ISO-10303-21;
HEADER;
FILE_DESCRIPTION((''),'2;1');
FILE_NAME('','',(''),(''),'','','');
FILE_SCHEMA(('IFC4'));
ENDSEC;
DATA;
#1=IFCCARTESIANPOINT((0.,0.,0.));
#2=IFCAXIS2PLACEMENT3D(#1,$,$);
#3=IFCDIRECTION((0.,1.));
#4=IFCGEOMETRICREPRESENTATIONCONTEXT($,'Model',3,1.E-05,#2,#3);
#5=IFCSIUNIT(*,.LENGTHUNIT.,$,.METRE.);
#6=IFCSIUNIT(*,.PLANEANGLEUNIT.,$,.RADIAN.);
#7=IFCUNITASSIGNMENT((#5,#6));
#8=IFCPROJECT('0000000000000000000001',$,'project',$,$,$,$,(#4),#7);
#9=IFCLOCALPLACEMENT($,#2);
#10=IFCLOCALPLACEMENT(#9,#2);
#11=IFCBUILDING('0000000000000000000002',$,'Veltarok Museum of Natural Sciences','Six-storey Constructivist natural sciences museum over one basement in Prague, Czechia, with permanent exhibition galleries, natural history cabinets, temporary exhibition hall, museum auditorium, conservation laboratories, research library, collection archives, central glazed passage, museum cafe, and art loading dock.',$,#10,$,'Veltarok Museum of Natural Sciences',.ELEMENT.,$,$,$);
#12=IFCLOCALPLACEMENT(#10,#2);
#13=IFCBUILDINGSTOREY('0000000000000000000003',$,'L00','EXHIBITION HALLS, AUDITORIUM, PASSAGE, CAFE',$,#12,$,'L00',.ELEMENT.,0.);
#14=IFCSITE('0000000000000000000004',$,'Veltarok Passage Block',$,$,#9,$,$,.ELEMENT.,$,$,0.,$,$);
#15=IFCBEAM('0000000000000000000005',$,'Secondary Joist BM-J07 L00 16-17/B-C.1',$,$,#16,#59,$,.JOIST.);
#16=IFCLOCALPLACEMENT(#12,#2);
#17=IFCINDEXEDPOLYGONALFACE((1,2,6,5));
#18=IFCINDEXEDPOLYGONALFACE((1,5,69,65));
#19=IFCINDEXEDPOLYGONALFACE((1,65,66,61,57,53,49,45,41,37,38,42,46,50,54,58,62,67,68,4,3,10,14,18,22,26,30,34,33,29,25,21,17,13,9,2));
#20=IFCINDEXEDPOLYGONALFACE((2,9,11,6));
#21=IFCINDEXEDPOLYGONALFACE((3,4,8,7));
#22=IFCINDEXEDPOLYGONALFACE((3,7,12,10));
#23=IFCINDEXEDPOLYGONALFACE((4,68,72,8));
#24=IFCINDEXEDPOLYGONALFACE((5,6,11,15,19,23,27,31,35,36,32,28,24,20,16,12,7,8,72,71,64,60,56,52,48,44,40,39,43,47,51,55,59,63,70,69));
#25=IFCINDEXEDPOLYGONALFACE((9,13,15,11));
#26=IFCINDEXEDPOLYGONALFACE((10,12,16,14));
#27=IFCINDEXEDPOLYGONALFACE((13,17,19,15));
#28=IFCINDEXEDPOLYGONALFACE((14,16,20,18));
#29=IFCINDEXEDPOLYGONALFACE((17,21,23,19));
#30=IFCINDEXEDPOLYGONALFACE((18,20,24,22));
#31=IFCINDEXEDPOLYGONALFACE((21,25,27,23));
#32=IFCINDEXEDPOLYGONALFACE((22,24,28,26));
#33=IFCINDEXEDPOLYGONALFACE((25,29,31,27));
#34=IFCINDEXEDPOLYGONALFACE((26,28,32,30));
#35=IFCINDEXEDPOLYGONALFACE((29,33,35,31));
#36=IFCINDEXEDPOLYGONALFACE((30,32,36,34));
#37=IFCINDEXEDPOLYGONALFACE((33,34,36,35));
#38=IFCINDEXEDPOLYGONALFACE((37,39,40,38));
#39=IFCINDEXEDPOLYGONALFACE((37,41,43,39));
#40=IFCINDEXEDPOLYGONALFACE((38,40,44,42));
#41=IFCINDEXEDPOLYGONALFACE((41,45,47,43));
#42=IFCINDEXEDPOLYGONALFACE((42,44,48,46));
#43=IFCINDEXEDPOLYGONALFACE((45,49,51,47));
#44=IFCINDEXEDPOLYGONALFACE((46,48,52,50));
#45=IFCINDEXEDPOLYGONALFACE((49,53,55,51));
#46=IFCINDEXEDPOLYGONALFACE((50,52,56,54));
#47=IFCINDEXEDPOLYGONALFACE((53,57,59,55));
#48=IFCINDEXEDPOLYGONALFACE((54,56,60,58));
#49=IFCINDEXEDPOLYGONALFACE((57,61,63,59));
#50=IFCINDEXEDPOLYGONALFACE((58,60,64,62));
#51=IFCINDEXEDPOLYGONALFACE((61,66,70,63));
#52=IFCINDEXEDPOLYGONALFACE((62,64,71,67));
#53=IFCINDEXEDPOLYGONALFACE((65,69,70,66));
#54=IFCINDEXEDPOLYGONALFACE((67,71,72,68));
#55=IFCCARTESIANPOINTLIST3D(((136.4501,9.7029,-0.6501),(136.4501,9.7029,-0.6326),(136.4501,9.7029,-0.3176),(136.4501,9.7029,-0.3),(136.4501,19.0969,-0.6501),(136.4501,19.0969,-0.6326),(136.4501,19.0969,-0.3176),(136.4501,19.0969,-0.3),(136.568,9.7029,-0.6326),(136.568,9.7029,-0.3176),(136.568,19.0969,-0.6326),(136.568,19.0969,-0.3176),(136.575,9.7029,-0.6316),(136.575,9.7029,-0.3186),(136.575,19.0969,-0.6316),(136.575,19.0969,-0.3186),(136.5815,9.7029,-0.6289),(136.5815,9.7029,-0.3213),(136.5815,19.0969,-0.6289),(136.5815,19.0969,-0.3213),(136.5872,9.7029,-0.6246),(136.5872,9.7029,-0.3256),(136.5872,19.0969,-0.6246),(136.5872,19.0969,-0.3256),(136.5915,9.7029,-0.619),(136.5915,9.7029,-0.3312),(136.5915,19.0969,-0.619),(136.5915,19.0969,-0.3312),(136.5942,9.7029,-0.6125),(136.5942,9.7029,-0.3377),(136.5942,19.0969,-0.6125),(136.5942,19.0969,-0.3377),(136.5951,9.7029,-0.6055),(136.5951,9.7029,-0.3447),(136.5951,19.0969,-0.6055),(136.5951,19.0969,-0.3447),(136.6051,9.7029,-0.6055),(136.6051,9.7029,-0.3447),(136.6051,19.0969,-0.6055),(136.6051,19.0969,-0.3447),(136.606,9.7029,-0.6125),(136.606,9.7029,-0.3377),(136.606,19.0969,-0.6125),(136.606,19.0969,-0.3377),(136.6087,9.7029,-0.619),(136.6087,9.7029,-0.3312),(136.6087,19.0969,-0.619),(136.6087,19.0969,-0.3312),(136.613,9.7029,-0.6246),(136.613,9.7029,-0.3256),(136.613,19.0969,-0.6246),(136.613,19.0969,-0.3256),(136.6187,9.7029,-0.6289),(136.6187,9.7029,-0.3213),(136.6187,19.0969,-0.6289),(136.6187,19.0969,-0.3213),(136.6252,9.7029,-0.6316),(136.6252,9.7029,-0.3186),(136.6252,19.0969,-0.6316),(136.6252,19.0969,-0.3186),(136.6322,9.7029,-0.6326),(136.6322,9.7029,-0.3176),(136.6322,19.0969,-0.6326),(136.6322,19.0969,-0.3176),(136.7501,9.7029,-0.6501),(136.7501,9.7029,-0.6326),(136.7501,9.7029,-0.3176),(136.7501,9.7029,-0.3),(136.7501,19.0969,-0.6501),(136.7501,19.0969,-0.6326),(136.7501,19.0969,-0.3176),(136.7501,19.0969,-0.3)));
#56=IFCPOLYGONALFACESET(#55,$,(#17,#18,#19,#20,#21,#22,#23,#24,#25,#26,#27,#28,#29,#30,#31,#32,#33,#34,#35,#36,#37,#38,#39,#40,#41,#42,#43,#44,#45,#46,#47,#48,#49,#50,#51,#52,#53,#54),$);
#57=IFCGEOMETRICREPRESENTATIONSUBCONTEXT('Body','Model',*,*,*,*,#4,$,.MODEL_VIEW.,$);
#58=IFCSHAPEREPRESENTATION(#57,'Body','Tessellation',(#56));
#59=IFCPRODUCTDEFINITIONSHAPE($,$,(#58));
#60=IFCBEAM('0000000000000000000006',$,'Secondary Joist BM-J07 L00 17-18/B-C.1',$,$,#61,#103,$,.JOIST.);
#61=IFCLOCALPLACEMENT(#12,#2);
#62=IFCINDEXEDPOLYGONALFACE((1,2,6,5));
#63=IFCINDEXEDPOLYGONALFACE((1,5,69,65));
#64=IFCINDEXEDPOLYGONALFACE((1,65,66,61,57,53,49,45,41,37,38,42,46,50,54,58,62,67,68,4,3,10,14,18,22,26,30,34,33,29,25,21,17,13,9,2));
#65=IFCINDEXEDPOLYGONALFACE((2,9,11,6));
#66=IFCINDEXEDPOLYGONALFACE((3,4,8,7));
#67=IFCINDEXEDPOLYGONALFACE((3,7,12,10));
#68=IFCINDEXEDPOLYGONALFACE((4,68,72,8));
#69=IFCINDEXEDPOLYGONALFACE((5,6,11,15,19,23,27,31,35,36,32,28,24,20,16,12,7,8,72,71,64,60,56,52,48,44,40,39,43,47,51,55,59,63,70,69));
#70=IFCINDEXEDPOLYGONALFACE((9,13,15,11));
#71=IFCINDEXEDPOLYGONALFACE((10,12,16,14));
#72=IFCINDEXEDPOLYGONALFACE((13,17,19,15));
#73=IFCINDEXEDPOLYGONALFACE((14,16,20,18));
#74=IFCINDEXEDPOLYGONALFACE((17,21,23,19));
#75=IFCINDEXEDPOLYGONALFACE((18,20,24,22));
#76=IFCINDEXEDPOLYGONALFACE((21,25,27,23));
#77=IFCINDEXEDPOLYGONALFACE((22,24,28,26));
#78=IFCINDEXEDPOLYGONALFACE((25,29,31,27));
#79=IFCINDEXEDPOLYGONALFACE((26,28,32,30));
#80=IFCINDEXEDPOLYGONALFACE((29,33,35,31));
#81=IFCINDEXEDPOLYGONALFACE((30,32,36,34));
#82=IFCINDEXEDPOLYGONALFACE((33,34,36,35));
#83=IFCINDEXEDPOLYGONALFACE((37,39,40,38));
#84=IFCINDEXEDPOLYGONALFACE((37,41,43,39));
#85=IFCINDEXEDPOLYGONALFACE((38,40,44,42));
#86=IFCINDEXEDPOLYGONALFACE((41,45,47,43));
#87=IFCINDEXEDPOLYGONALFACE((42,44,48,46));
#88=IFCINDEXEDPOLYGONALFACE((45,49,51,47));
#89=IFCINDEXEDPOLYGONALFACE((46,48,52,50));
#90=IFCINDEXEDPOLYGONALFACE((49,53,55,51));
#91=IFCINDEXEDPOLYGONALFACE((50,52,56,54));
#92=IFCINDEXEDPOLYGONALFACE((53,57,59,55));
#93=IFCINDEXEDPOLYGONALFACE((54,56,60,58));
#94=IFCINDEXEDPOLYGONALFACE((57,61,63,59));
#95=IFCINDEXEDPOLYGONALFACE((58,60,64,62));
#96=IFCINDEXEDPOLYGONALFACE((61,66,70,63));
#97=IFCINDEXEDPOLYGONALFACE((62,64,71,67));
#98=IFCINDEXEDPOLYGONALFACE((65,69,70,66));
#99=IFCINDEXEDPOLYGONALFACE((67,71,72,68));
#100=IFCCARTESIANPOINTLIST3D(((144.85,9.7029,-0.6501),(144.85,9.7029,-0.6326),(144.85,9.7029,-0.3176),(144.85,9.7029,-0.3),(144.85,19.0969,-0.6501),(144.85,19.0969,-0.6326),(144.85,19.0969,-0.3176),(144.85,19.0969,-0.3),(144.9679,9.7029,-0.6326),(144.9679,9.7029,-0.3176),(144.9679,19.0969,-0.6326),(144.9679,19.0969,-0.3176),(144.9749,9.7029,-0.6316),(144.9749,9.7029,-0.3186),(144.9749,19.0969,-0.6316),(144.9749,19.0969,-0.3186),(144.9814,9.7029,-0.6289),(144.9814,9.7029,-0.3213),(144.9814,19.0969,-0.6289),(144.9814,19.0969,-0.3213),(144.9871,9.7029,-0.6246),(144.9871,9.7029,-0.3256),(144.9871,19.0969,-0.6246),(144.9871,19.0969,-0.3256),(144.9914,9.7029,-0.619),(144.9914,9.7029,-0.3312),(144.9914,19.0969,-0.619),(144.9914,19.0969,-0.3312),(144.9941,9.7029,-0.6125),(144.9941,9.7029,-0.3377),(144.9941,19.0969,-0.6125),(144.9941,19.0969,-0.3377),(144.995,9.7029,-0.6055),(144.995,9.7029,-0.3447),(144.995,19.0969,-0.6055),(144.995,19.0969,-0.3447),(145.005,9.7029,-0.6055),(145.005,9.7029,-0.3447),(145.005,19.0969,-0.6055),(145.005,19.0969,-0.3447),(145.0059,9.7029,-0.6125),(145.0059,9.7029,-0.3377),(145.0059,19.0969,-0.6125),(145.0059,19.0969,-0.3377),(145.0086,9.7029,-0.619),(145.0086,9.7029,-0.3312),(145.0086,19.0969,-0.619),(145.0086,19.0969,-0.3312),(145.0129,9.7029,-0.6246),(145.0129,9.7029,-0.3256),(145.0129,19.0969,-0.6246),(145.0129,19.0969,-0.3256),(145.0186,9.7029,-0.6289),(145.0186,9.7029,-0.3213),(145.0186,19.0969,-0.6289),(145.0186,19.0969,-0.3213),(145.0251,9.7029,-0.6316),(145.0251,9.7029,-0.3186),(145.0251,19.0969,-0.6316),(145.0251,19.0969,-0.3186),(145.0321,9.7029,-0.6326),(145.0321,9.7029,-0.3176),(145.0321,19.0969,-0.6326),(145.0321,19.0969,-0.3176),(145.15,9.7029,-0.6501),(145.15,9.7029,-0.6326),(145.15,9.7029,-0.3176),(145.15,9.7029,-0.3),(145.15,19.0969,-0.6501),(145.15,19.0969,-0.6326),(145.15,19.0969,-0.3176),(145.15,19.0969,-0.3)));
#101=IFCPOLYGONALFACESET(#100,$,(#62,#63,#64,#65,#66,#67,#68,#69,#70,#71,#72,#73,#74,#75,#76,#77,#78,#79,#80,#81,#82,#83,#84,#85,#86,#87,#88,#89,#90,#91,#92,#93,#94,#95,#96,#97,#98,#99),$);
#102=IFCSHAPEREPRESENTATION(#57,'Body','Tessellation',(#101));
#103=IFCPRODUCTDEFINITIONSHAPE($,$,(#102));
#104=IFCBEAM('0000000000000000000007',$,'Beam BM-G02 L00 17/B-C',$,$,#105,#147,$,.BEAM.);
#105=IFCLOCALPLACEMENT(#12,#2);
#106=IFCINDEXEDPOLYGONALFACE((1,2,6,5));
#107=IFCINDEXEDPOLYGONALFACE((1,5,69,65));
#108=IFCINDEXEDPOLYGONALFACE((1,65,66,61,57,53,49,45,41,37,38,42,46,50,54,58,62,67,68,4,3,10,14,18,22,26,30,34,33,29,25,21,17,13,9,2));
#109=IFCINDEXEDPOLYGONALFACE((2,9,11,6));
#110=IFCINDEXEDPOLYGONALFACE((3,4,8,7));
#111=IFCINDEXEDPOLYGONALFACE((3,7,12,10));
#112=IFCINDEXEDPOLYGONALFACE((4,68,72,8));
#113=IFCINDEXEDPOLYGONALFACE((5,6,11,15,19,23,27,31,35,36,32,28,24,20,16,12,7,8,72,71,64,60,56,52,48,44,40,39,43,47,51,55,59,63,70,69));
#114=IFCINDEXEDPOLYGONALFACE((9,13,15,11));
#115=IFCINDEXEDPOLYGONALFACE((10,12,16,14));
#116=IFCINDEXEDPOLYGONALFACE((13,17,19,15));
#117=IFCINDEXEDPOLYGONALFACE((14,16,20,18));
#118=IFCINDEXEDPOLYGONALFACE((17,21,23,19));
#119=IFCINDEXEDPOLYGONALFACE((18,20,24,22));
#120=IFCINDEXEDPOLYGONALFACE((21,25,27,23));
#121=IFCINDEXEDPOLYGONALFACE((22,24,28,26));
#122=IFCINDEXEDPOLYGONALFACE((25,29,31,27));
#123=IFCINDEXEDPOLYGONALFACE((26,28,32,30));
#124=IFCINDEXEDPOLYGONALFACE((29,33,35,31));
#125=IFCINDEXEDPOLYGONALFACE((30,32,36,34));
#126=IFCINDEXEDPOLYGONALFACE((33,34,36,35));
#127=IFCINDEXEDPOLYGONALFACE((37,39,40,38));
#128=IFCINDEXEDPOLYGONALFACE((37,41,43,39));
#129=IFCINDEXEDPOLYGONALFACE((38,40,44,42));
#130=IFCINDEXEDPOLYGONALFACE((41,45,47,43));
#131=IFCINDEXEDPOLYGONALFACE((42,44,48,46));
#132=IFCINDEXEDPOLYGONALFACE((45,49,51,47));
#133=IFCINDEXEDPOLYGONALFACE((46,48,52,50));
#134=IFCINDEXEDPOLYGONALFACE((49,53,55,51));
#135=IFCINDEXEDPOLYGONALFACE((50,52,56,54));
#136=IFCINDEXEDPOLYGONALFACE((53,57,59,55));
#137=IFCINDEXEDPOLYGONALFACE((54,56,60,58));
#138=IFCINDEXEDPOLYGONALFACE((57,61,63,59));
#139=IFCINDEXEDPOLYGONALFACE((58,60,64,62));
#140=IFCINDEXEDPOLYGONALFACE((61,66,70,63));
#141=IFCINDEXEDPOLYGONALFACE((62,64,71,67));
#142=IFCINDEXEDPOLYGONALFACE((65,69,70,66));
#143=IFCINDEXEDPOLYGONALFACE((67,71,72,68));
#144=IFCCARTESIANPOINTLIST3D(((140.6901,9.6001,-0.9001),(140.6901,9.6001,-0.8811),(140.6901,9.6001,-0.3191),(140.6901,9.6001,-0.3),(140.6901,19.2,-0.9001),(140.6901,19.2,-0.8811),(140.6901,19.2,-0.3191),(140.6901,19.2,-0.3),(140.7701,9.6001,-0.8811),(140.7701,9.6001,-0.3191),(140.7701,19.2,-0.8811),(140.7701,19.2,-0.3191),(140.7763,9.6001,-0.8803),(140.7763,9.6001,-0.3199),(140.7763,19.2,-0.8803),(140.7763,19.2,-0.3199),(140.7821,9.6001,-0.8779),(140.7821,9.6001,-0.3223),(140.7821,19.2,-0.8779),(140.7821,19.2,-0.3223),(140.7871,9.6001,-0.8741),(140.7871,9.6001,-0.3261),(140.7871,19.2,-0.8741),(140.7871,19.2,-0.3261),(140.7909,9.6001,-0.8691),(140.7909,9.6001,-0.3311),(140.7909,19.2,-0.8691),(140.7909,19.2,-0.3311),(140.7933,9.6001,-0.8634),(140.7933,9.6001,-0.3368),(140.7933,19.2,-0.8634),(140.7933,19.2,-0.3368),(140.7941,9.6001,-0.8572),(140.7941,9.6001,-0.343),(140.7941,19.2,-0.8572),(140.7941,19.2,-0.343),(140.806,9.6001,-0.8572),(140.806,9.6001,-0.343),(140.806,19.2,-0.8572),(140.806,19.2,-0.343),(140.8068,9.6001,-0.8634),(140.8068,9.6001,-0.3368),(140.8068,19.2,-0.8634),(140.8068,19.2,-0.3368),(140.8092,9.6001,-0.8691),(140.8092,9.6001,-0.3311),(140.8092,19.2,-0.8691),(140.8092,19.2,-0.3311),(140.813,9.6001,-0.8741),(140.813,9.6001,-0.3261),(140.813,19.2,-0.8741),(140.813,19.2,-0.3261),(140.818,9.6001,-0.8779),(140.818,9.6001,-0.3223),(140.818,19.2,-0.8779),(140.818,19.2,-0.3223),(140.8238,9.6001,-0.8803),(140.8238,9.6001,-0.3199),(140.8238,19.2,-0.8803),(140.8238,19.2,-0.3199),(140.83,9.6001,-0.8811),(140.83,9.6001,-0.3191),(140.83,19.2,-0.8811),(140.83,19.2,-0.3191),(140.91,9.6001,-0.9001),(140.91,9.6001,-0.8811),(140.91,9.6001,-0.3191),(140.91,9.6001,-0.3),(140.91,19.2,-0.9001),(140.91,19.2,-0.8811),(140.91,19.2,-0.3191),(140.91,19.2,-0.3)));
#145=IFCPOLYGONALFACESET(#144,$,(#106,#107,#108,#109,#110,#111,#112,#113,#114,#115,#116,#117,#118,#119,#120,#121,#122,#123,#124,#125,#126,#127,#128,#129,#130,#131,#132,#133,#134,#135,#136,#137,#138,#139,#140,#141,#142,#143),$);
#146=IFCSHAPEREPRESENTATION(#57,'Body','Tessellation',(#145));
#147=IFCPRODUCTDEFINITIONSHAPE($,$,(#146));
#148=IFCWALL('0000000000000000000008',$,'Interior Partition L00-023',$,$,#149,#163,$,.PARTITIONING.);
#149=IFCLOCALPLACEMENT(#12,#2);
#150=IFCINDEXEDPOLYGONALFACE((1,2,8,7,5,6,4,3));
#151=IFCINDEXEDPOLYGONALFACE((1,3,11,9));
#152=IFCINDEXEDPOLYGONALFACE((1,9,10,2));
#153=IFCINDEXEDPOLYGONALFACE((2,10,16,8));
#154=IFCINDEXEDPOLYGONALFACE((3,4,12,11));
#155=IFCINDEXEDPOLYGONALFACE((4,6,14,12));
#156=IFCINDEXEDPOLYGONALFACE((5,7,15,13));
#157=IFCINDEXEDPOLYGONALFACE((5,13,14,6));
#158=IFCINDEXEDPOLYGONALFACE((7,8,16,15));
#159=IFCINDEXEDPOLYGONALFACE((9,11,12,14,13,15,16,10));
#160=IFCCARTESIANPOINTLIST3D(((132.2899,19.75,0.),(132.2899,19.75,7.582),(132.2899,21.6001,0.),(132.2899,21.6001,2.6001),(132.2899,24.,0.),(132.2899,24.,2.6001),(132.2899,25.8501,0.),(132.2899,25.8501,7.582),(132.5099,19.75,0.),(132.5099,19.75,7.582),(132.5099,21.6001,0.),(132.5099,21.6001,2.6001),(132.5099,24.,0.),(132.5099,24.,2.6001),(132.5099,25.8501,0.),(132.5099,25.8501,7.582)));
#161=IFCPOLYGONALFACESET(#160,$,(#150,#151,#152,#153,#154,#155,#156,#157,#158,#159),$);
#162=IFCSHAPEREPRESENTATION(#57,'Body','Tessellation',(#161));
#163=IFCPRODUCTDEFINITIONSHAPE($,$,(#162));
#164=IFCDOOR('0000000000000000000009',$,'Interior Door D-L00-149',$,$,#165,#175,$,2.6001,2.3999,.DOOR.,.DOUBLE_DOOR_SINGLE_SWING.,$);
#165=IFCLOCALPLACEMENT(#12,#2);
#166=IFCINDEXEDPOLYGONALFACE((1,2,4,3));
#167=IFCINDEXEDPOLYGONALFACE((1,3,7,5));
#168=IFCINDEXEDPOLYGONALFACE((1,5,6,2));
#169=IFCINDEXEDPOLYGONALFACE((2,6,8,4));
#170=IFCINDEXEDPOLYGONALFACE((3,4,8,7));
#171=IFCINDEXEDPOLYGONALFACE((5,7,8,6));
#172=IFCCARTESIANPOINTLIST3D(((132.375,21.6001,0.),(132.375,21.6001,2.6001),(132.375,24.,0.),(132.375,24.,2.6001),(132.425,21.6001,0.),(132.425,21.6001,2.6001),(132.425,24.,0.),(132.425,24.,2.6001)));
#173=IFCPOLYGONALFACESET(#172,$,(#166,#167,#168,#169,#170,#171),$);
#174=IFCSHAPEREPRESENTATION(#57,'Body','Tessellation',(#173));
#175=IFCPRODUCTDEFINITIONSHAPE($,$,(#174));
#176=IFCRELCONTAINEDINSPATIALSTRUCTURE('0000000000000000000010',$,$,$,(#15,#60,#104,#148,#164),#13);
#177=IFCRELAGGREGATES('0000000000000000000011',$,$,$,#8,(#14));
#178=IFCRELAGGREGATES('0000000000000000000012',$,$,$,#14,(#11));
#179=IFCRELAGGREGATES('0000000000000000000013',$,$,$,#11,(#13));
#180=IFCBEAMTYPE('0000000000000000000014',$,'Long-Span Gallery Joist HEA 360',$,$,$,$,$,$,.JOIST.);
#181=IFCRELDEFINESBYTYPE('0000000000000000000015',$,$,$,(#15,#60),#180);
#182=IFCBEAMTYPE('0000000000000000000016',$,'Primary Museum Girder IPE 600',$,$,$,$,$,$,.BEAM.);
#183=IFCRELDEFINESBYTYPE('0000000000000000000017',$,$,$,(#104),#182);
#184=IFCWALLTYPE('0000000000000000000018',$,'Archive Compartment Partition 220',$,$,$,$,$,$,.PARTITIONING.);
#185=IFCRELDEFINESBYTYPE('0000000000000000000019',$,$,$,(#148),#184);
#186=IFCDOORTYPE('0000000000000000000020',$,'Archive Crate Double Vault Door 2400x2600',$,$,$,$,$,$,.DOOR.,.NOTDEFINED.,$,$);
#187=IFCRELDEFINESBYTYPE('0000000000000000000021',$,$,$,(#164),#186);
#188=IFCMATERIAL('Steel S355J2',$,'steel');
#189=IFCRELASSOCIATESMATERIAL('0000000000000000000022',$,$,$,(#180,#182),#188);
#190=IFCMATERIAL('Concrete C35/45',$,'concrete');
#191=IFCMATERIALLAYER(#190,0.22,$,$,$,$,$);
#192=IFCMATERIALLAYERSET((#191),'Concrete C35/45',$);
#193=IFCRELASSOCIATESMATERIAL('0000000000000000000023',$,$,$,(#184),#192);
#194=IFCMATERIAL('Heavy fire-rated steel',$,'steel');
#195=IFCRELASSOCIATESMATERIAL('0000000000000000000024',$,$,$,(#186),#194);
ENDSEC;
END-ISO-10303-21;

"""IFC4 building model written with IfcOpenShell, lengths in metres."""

from ifc_helpers import new_model, si_unit, direction, frame, frame_2d, origin, origin_2d, place, context, subcontext, project, spatial, rectangle, i_section, extrude, material, layer, layer_set, material_profile, profile_set, type_object, element, fill, save


model = new_model("IFC4")

# Units and contexts
model_context = context("Model", 3, precision=1e-05, world=origin(), true_north=direction((0.0, 1.0)))
body_context = subcontext(model_context, "Body", "Model", "MODEL_VIEW")
ifc_project = project(units=[si_unit("LENGTHUNIT", "METRE"), si_unit("PLANEANGLEUNIT", "RADIAN")], contexts=[model_context])

# Site, building, storey
site_placement = place(None, origin())
site = spatial("IfcSite", under=ifc_project, at=site_placement, Name="Veltarok Passage Block", CompositionType="ELEMENT", RefElevation=0.0)
building_placement = place(site_placement, origin())
building = spatial("IfcBuilding", under=site, at=building_placement, Name="Veltarok Museum of Natural Sciences", Description="Six-storey Constructivist natural sciences museum over one basement in Prague, Czechia, with permanent exhibition galleries, natural history cabinets, temporary exhibition hall, museum auditorium, conservation laboratories, research library, collection archives, central glazed passage, museum cafe, and art loading dock.", LongName="Veltarok Museum of Natural Sciences", CompositionType="ELEMENT")
storey_placement = place(building_placement, origin())
storey = spatial("IfcBuildingStorey", under=building, at=storey_placement, Name="L00", Description="EXHIBITION HALLS, AUDITORIUM, PASSAGE, CAFE", LongName="L00", CompositionType="ELEMENT", Elevation=0.0)

# Shared definitions
ifc_material_1 = material(Name="Steel S355J2", Category="steel")

# Beams
ifc_material_profile_1 = material_profile(ifc_material_1, i_section(OverallWidth=0.3, OverallDepth=0.3501, WebThickness=0.01, FlangeThickness=0.0176, FilletRadius=0.0271, at=origin_2d()), Name="HEA 360")
ifc_profile_set_1 = profile_set([ifc_material_profile_1], Name="Steel S355J2")
beam_type_1 = type_object("IfcBeamType", Name="Long-Span Gallery Joist HEA 360", PredefinedType="JOIST", material=ifc_profile_set_1)
for number, where, z_axis, x_axis, name in (
    (1, (136.6001, 9.7029, -0.4751), (0.0, 1.0, 0.0), (-1.0, 0.0, 0.0), "Secondary Joist BM-J07 L00 16-17/B-C.1"),
    (2, (145.0, 9.7029, -0.4751), (0.0, 1.0, 0.0), (-1.0, 0.0, 0.0), "Secondary Joist BM-J07 L00 17-18/B-C.1"),
):
    element("IfcBeam", number, at=place(storey_placement, frame(where, z_axis=z_axis, x_axis=x_axis)), inside=storey, type_object=beam_type_1, Name=name, PredefinedType="JOIST", context=body_context, shape_type="SweptSolid", body=[
        extrude(i_section(OverallWidth=0.3, OverallDepth=0.3501, WebThickness=0.01, FlangeThickness=0.0176, FilletRadius=0.0271, at=origin_2d()), origin(), (0.0, 0.0, 1.0), 9.394),
    ])
ifc_material_profile_2 = material_profile(ifc_material_1, i_section(OverallWidth=0.22, OverallDepth=0.6001, WebThickness=0.012, FlangeThickness=0.019, FilletRadius=0.0239, at=origin_2d()), Name="IPE 600")
ifc_profile_set_2 = profile_set([ifc_material_profile_2], Name="Steel S355J2")
beam_type_2 = type_object("IfcBeamType", Name="Primary Museum Girder IPE 600", PredefinedType="BEAM", material=ifc_profile_set_2)
beam_1_placement = place(storey_placement, frame((140.8, 9.6001, -0.6001), z_axis=(0.0, 1.0, 0.0), x_axis=(-1.0, 0.0, 0.0)))
element("IfcBeam", 3, at=beam_1_placement, inside=storey, type_object=beam_type_2, Name="Beam BM-G02 L00 17/B-C", PredefinedType="BEAM", context=body_context, shape_type="SweptSolid", body=[
    extrude(i_section(OverallWidth=0.22, OverallDepth=0.6001, WebThickness=0.012, FlangeThickness=0.019, FilletRadius=0.0239, at=origin_2d()), origin(), (0.0, 0.0, 1.0), 9.5999),
])

# Wall, opening, door
ifc_material_2 = material(Name="Concrete C35/45", Category="concrete")
ifc_layer_1 = layer(ifc_material_2, 0.22)
ifc_layer_set_1 = layer_set([ifc_layer_1], Name="Concrete C35/45")
wall_type_1 = type_object("IfcWallType", Name="Archive Compartment Partition 220", PredefinedType="PARTITIONING", material=ifc_layer_set_1)
wall_1_placement = place(storey_placement, frame((132.3999, 19.75, 0.0), z_axis=(0.0, 0.0, 1.0), x_axis=(0.0, 1.0, 0.0)))
wall_1 = element("IfcWall", 4, at=wall_1_placement, inside=storey, type_object=wall_type_1, Name="Interior Partition L00-023", PredefinedType="PARTITIONING", context=body_context, shape_type="SweptSolid", body=[
    extrude(rectangle(XDim=6.1001, YDim=0.22, at=frame_2d((3.05, 0.0))), origin(), (0.0, 0.0, 1.0), 7.582),
])
opening_1_placement = place(wall_1_placement, frame((1.8501, 0.0, 0.0)))
opening_1 = element("IfcOpeningElement", 5, at=opening_1_placement, cuts=wall_1, PredefinedType="OPENING", context=body_context, shape_type="SweptSolid", body=[
    extrude(rectangle(XDim=2.3999, YDim=2.6001, at=frame_2d((1.2, 1.3))), frame((0.0, 0.1201, 0.0), z_axis=(0.0, -1.0, 0.0), x_axis=(1.0, 0.0, 0.0)), (0.0, 0.0, 1.0), 0.24),
])
ifc_material_3 = material(Name="Heavy fire-rated steel", Category="steel")
door_type_1 = type_object("IfcDoorType", Name="Archive Crate Double Vault Door 2400x2600", OperationType="NOTDEFINED", PredefinedType="DOOR", material=ifc_material_3)
door_1_placement = place(opening_1_placement, origin())
door_1 = element("IfcDoor", 6, at=door_1_placement, inside=storey, type_object=door_type_1, Name="Interior Door D-L00-149", OperationType="DOUBLE_DOOR_SINGLE_SWING", OverallHeight=2.6001, OverallWidth=2.3999, PredefinedType="DOOR", context=body_context, shape_type="SweptSolid", body=[
    extrude(rectangle(XDim=2.3999, YDim=2.6001, at=frame_2d((1.2, 1.3))), frame((0.0, 0.0249, 0.0), z_axis=(0.0, -1.0, 0.0), x_axis=(1.0, 0.0, 0.0)), (0.0, 0.0, 1.0), 0.05),
])
fill(opening_1, door_1)

save(model, "model.ifc")
